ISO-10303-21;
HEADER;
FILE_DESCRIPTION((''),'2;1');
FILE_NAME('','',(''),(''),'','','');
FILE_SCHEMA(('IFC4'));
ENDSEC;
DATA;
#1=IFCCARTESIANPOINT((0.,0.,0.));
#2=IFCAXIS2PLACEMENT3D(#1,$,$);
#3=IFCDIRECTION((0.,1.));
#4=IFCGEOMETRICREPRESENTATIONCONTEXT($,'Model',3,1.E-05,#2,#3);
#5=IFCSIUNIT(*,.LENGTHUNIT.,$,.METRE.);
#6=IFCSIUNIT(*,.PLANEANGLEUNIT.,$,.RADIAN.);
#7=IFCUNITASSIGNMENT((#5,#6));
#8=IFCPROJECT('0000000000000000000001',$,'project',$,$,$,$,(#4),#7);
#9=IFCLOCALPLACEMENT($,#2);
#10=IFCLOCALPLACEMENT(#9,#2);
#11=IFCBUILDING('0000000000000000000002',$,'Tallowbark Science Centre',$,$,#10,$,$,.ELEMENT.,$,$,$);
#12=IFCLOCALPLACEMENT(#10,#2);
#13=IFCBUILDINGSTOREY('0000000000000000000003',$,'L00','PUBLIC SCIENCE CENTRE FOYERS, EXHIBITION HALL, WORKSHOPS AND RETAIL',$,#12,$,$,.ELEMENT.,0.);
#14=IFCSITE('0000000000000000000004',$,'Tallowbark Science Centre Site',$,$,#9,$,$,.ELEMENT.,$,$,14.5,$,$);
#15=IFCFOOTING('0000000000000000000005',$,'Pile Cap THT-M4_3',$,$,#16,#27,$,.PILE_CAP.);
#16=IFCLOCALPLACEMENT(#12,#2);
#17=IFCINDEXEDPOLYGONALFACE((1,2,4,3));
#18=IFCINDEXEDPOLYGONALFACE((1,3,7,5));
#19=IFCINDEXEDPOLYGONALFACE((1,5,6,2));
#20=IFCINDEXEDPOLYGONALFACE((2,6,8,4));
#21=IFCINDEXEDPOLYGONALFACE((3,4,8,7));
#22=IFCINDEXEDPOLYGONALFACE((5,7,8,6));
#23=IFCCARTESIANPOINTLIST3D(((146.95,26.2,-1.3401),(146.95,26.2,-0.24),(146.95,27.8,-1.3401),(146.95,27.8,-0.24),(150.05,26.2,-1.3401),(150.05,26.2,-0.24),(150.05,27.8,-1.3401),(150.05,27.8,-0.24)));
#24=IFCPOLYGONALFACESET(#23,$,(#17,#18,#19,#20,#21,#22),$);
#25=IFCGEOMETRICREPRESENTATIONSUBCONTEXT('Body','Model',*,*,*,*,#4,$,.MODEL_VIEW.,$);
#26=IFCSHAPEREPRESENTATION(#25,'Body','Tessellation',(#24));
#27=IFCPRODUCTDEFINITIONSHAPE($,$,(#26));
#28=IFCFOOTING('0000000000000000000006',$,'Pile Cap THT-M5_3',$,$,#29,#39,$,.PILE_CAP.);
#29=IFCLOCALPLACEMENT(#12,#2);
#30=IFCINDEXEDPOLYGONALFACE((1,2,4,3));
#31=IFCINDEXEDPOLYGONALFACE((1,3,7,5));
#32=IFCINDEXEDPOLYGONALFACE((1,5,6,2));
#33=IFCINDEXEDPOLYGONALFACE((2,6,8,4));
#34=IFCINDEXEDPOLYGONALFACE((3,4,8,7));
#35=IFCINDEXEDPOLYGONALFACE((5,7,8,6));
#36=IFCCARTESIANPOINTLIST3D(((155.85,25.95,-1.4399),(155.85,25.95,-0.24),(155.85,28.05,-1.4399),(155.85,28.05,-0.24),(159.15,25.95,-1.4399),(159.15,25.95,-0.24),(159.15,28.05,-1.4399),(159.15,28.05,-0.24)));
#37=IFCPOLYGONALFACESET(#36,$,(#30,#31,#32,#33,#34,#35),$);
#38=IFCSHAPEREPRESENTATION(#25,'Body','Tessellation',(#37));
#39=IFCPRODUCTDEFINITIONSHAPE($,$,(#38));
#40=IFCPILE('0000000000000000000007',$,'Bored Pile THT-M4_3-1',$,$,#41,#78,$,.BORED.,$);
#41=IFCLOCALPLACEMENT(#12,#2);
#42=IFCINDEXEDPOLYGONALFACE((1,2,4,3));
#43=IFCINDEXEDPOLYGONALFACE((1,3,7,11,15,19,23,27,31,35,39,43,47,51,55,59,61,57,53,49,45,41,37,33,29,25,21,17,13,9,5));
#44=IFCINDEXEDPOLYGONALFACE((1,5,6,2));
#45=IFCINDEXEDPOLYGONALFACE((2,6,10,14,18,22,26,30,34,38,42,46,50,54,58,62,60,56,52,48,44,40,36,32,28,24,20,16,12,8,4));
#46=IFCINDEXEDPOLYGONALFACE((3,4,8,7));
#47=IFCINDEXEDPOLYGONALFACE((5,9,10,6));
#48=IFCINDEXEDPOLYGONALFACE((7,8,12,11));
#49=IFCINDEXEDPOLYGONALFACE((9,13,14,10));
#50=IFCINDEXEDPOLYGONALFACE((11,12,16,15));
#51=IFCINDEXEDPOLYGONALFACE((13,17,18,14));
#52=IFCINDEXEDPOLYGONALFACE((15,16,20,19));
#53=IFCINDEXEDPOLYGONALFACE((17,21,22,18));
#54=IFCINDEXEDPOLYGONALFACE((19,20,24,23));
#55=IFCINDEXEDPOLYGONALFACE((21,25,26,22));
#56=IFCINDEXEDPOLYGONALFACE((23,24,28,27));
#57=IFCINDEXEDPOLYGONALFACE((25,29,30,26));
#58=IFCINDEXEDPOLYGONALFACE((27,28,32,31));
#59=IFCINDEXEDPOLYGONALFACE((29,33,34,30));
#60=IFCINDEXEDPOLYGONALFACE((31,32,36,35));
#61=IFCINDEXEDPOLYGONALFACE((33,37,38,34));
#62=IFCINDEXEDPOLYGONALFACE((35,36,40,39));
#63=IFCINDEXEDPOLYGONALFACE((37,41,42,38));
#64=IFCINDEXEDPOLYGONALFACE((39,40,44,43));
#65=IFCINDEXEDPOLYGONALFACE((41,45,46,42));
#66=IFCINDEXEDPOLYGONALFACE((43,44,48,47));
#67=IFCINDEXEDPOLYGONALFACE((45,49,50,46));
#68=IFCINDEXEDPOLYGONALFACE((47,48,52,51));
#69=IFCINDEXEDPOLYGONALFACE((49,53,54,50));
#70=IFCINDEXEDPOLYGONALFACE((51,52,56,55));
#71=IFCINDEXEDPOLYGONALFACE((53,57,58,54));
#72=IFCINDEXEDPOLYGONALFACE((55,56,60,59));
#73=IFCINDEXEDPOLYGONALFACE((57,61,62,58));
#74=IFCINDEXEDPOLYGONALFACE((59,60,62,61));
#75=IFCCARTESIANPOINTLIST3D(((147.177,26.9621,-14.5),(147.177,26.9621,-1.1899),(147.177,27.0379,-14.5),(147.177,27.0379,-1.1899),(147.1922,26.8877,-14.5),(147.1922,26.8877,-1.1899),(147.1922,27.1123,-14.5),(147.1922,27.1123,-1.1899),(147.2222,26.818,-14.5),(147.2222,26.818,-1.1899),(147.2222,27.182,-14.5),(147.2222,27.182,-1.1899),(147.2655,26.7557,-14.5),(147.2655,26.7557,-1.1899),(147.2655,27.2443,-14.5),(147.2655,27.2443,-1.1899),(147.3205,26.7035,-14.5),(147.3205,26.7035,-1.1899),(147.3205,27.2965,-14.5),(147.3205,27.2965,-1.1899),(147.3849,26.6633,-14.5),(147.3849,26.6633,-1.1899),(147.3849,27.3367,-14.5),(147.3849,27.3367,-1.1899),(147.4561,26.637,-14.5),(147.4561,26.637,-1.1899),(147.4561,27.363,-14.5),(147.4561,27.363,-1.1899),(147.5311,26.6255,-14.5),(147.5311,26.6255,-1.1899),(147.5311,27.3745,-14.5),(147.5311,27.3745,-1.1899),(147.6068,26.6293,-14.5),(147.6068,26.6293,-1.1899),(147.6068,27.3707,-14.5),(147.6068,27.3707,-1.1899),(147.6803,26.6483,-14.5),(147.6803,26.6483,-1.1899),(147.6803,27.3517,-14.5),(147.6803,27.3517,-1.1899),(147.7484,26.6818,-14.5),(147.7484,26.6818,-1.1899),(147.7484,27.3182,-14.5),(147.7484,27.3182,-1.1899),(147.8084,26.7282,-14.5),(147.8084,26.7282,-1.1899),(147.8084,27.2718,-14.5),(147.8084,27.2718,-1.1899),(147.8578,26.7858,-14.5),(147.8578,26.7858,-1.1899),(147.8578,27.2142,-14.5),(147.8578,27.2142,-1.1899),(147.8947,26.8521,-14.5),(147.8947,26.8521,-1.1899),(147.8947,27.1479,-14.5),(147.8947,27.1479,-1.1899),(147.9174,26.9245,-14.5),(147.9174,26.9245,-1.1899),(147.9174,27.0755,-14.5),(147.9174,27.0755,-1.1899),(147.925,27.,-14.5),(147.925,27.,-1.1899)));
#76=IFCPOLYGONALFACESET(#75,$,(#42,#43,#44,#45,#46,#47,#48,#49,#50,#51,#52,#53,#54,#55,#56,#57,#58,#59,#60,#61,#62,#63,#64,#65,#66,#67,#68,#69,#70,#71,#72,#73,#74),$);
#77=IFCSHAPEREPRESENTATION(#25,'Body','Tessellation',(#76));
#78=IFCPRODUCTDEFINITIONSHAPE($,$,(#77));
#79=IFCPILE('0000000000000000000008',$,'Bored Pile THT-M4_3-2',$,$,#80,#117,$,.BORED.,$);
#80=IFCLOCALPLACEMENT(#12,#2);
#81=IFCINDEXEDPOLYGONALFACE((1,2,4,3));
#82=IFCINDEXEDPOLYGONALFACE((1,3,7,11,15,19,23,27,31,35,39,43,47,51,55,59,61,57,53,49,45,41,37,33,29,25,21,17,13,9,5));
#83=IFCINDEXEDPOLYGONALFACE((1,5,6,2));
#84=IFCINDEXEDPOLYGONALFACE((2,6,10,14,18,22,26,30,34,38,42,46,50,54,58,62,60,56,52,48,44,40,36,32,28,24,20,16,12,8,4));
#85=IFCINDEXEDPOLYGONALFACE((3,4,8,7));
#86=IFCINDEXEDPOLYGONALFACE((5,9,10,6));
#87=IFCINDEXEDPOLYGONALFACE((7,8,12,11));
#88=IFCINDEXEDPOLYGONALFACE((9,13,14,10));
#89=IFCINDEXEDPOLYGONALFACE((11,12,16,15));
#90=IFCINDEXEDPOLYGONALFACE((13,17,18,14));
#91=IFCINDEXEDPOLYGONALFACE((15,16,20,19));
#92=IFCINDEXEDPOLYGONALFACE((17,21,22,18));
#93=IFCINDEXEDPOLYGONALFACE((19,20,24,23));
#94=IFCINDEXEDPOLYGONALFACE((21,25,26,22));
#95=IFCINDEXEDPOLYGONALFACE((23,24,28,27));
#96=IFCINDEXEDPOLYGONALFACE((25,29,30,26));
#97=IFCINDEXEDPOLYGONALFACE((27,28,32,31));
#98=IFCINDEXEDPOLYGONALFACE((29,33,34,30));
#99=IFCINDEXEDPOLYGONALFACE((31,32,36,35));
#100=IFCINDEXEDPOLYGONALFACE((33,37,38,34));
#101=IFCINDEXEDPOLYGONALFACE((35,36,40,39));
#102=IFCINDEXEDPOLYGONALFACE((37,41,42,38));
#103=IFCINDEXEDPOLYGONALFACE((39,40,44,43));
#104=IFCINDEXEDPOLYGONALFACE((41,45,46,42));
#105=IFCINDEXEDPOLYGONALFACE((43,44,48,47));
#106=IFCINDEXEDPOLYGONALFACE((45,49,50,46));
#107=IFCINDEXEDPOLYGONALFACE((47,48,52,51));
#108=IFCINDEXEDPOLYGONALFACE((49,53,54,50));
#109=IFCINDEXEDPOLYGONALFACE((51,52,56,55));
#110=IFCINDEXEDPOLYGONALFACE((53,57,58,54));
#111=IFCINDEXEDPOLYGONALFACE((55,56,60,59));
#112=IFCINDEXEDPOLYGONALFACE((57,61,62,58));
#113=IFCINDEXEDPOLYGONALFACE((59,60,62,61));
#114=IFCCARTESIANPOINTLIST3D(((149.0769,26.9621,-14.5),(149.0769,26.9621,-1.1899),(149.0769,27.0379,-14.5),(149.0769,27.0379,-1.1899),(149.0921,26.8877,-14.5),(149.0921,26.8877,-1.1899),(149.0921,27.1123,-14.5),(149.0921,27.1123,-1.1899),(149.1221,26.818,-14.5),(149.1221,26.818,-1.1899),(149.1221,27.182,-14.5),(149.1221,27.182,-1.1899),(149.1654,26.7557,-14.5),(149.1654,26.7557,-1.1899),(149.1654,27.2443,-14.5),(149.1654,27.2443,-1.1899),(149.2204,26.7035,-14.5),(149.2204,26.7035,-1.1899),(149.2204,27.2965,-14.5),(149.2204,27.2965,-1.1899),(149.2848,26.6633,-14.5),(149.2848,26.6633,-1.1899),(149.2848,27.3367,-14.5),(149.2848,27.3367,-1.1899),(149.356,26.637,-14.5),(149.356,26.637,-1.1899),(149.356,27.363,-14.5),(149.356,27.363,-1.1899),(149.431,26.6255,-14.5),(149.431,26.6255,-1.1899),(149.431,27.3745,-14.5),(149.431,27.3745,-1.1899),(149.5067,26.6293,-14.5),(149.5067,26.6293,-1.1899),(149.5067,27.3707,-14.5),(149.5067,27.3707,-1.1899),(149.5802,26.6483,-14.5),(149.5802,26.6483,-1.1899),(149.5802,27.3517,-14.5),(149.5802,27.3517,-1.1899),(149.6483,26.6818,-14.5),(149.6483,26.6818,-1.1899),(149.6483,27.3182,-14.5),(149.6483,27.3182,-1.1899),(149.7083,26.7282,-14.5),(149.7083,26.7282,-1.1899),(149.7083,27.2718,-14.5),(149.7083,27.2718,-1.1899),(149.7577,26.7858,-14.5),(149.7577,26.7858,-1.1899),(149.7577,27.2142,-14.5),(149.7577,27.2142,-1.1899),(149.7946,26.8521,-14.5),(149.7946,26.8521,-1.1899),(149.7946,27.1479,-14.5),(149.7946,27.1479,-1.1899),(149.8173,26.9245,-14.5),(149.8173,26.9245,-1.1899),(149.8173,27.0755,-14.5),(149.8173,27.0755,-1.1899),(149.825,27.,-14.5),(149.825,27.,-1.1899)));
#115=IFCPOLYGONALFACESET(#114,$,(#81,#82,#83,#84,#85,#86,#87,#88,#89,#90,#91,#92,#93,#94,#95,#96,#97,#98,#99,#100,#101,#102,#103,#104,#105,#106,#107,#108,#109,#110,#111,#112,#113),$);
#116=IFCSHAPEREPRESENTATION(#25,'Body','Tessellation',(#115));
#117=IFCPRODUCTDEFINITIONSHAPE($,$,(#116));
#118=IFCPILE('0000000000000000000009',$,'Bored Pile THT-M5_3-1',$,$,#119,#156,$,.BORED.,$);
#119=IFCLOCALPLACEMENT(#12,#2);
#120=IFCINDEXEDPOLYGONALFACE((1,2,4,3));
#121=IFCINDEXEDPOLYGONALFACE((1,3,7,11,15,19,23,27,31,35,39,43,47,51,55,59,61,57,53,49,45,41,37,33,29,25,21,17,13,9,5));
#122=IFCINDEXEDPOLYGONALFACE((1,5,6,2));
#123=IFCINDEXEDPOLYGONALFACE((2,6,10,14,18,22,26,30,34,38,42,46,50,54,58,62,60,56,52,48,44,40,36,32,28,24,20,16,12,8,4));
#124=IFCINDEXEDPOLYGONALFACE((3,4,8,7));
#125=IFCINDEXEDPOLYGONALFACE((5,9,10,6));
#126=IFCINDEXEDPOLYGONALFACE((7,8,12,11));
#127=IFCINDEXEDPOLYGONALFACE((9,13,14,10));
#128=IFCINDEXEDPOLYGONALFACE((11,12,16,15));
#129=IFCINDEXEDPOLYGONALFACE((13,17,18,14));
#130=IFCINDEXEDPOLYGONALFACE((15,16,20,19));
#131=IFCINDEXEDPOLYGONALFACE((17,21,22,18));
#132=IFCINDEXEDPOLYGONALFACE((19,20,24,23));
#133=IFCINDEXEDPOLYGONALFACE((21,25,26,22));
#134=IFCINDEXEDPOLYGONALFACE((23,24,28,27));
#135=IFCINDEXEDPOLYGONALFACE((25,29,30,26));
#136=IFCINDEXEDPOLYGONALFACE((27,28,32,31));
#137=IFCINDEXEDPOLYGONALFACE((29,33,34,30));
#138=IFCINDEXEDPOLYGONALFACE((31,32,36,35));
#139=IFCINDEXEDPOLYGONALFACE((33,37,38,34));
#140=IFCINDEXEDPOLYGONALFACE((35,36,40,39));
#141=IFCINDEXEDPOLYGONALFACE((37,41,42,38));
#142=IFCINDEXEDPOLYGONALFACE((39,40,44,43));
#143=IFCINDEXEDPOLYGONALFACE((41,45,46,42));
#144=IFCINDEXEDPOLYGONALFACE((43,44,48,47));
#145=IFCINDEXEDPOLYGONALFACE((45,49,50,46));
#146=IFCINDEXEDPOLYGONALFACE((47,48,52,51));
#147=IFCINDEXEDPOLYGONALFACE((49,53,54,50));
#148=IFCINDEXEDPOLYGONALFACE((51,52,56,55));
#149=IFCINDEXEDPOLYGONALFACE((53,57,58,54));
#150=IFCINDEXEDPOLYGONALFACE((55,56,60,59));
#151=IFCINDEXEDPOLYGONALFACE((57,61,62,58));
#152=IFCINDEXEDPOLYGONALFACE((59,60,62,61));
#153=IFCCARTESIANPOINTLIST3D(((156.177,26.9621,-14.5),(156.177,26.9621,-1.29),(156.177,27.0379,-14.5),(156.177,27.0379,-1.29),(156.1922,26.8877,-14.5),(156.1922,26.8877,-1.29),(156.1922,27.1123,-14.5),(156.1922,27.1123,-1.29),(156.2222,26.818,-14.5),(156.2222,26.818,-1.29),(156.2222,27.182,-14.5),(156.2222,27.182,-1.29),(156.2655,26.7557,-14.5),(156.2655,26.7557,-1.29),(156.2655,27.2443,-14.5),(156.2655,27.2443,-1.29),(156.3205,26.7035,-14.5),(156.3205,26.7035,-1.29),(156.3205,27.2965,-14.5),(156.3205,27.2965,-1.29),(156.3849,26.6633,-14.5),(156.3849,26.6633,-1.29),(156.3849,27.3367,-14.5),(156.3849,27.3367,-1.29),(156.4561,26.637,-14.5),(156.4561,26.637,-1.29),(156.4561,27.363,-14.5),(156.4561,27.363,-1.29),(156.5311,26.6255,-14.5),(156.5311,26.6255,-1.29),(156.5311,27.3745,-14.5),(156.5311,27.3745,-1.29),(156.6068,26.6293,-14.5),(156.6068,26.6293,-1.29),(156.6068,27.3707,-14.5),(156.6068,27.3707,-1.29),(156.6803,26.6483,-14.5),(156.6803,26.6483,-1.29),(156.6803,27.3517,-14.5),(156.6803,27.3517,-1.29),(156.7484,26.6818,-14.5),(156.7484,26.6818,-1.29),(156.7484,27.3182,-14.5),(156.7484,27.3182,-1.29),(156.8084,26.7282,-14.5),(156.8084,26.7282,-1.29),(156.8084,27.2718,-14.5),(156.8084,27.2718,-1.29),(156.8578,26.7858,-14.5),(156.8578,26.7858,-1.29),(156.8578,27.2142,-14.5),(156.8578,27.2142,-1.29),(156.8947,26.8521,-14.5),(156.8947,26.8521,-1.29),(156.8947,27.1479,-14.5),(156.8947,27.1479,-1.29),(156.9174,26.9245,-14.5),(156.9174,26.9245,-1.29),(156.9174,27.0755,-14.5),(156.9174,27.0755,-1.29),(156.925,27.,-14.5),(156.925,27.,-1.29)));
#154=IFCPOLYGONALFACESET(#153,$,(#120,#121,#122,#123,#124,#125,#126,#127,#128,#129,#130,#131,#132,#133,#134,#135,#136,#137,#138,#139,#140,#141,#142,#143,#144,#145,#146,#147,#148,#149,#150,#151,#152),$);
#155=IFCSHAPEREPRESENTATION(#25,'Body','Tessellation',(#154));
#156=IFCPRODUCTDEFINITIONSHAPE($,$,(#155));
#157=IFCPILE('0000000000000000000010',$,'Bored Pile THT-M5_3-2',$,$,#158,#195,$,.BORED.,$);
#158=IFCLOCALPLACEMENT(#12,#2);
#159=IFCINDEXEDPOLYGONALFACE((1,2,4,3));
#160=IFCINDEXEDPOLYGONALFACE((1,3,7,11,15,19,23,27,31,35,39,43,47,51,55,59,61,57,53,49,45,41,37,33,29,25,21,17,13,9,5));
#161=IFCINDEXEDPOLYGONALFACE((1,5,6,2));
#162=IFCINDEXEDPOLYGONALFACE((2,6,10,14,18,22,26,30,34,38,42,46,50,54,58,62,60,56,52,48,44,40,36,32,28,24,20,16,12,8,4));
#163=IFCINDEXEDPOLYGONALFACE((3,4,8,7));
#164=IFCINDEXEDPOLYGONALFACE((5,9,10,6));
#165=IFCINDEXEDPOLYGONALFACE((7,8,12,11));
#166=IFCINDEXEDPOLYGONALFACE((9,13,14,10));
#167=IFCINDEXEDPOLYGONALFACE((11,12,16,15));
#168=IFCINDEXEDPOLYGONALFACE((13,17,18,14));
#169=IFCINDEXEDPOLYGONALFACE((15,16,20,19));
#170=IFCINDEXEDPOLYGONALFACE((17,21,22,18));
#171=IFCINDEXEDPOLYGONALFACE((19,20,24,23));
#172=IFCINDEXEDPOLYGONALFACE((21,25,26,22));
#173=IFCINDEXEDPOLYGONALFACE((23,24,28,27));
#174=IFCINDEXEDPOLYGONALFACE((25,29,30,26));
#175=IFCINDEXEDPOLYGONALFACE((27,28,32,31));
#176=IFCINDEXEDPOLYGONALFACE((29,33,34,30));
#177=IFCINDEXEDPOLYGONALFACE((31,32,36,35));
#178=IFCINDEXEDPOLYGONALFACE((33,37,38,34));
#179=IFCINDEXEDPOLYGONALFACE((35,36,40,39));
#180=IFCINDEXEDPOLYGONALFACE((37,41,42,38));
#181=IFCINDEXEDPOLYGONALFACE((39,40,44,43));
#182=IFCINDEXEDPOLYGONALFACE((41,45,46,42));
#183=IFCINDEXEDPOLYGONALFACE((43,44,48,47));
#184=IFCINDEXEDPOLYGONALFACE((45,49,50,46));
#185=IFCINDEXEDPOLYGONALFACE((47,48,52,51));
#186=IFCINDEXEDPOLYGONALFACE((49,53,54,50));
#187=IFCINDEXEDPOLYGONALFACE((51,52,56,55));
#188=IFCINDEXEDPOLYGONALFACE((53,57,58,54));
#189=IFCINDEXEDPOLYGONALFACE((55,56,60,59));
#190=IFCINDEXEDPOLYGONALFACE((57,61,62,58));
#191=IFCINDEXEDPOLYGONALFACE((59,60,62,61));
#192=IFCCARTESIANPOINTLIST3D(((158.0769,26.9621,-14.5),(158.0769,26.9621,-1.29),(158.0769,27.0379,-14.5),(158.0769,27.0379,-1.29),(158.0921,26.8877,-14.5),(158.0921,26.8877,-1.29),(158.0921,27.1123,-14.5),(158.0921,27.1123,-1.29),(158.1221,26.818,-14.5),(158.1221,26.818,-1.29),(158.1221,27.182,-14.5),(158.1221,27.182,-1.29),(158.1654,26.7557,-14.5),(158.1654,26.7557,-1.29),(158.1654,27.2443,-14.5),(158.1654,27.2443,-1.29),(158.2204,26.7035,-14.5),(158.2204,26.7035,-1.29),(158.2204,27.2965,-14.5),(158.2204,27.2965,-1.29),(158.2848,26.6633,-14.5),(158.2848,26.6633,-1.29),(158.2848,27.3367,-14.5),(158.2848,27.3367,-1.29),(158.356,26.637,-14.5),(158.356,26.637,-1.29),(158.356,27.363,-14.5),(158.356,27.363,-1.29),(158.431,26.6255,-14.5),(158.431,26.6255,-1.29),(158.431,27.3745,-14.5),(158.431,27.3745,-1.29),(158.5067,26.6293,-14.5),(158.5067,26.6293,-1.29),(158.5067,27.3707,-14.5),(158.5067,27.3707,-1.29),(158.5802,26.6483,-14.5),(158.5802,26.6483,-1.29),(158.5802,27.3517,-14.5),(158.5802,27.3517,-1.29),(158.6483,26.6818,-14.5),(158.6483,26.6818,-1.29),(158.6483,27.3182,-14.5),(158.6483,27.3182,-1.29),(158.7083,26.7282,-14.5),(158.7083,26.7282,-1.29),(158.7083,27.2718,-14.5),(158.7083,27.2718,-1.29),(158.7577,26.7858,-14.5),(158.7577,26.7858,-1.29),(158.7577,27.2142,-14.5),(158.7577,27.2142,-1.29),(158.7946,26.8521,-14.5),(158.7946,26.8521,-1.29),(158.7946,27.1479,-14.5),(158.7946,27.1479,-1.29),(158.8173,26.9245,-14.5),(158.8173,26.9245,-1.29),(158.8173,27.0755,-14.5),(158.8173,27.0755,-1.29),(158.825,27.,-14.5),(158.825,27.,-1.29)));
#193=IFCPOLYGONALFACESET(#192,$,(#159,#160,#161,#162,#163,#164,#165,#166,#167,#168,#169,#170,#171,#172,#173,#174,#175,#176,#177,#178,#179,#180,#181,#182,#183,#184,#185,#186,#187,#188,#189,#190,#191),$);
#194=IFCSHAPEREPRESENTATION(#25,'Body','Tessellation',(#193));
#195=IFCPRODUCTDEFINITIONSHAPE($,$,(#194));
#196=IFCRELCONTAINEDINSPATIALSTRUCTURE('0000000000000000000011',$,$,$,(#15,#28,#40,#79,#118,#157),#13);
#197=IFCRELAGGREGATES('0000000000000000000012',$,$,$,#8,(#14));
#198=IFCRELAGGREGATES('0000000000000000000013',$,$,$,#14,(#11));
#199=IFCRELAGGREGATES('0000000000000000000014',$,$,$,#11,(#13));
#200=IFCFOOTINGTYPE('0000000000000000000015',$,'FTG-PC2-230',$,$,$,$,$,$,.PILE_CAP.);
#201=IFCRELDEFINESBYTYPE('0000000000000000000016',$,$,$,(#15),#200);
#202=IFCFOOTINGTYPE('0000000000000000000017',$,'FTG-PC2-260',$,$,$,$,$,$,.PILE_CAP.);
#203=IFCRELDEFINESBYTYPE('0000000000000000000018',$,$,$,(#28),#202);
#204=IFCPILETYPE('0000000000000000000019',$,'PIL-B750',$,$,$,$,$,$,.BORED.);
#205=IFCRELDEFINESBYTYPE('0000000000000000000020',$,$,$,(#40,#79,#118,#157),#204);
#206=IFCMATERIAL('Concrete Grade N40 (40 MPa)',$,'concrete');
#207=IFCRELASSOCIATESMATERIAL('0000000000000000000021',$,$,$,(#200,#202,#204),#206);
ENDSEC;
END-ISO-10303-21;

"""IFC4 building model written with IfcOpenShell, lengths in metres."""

from ifc_helpers import new_model, si_unit, direction, frame, origin, origin_2d, place, context, subcontext, project, spatial, rectangle, circle, extrude, material, material_profile, profile_set, type_object, element, save


model = new_model("IFC4")

# Units and contexts
model_context = context("Model", 3, precision=1e-05, world=origin(), true_north=direction((0.0, 1.0)))
body_context = subcontext(model_context, "Body", "Model", "MODEL_VIEW")
ifc_project = project(units=[si_unit("LENGTHUNIT", "METRE"), si_unit("PLANEANGLEUNIT", "RADIAN")], contexts=[model_context])

# Site, building, storey
site_placement = place(None, origin())
site = spatial("IfcSite", under=ifc_project, at=site_placement, Name="Tallowbark Science Centre Site", CompositionType="ELEMENT", RefElevation=14.5)
building_placement = place(site_placement, origin())
building = spatial("IfcBuilding", under=site, at=building_placement, Name="Tallowbark Science Centre", CompositionType="ELEMENT")
storey_placement = place(building_placement, origin())
storey = spatial("IfcBuildingStorey", under=building, at=storey_placement, Name="L00", Description="PUBLIC SCIENCE CENTRE FOYERS, EXHIBITION HALL, WORKSHOPS AND RETAIL", CompositionType="ELEMENT", Elevation=0.0)

# Footings
ifc_material_1 = material(Name="Concrete Grade N40 (40 MPa)", Category="concrete")
footing_type_1 = type_object("IfcFootingType", Name="FTG-PC2-230", PredefinedType="PILE_CAP", material=ifc_material_1)
footing_1_placement = place(storey_placement, frame((148.5, 27.0, -1.3401), z_axis=(0.0, 0.0, 1.0), x_axis=(1.0, 0.0, 0.0)))
element("IfcFooting", 1, at=footing_1_placement, inside=storey, type_object=footing_type_1, Name="Pile Cap THT-M4_3", PredefinedType="PILE_CAP", context=body_context, shape_type="SweptSolid", body=[
    extrude(rectangle(XDim=3.1001, YDim=1.6001, at=origin_2d()), origin(), (0.0, 0.0, 1.0), 1.1001),
])
footing_type_2 = type_object("IfcFootingType", Name="FTG-PC2-260", PredefinedType="PILE_CAP", material=ifc_material_1)
footing_2_placement = place(storey_placement, frame((157.5, 27.0, -1.4399), z_axis=(0.0, 0.0, 1.0), x_axis=(1.0, 0.0, 0.0)))
element("IfcFooting", 2, at=footing_2_placement, inside=storey, type_object=footing_type_2, Name="Pile Cap THT-M5_3", PredefinedType="PILE_CAP", context=body_context, shape_type="SweptSolid", body=[
    extrude(rectangle(XDim=3.3, YDim=2.1001, at=origin_2d()), origin(), (0.0, 0.0, 1.0), 1.2),
])

# Piles
ifc_material_profile_1 = material_profile(ifc_material_1, circle(Radius=0.375, at=origin_2d()), Name="PILE750")
ifc_profile_set_1 = profile_set([ifc_material_profile_1], Name="Concrete Grade N40 (40 MPa)")
pile_type = type_object("IfcPileType", Name="PIL-B750", PredefinedType="BORED", material=ifc_profile_set_1)
for number, where, z_axis, x_axis, name in (
    (3, (147.55, 27.0, -1.1899), (0.0, 0.0, -1.0), (1.0, 0.0, 0.0), "Bored Pile THT-M4_3-1"),
    (4, (149.45, 27.0, -1.1899), (0.0, 0.0, -1.0), (1.0, 0.0, 0.0), "Bored Pile THT-M4_3-2"),
):
    element("IfcPile", number, at=place(storey_placement, frame(where, z_axis=z_axis, x_axis=x_axis)), inside=storey, type_object=pile_type, Name=name, PredefinedType="BORED", context=body_context, shape_type="SweptSolid", body=[
        extrude(circle(Radius=0.375, at=origin_2d()), origin(), (0.0, 0.0, 1.0), 13.3101),
    ])
for number, where, z_axis, x_axis, name in (
    (5, (156.55, 27.0, -1.29), (0.0, 0.0, -1.0), (1.0, 0.0, 0.0), "Bored Pile THT-M5_3-1"),
    (6, (158.45, 27.0, -1.29), (0.0, 0.0, -1.0), (1.0, 0.0, 0.0), "Bored Pile THT-M5_3-2"),
):
    element("IfcPile", number, at=place(storey_placement, frame(where, z_axis=z_axis, x_axis=x_axis)), inside=storey, type_object=pile_type, Name=name, PredefinedType="BORED", context=body_context, shape_type="SweptSolid", body=[
        extrude(circle(Radius=0.375, at=origin_2d()), origin(), (0.0, 0.0, 1.0), 13.21),
    ])

save(model, "model.ifc")
